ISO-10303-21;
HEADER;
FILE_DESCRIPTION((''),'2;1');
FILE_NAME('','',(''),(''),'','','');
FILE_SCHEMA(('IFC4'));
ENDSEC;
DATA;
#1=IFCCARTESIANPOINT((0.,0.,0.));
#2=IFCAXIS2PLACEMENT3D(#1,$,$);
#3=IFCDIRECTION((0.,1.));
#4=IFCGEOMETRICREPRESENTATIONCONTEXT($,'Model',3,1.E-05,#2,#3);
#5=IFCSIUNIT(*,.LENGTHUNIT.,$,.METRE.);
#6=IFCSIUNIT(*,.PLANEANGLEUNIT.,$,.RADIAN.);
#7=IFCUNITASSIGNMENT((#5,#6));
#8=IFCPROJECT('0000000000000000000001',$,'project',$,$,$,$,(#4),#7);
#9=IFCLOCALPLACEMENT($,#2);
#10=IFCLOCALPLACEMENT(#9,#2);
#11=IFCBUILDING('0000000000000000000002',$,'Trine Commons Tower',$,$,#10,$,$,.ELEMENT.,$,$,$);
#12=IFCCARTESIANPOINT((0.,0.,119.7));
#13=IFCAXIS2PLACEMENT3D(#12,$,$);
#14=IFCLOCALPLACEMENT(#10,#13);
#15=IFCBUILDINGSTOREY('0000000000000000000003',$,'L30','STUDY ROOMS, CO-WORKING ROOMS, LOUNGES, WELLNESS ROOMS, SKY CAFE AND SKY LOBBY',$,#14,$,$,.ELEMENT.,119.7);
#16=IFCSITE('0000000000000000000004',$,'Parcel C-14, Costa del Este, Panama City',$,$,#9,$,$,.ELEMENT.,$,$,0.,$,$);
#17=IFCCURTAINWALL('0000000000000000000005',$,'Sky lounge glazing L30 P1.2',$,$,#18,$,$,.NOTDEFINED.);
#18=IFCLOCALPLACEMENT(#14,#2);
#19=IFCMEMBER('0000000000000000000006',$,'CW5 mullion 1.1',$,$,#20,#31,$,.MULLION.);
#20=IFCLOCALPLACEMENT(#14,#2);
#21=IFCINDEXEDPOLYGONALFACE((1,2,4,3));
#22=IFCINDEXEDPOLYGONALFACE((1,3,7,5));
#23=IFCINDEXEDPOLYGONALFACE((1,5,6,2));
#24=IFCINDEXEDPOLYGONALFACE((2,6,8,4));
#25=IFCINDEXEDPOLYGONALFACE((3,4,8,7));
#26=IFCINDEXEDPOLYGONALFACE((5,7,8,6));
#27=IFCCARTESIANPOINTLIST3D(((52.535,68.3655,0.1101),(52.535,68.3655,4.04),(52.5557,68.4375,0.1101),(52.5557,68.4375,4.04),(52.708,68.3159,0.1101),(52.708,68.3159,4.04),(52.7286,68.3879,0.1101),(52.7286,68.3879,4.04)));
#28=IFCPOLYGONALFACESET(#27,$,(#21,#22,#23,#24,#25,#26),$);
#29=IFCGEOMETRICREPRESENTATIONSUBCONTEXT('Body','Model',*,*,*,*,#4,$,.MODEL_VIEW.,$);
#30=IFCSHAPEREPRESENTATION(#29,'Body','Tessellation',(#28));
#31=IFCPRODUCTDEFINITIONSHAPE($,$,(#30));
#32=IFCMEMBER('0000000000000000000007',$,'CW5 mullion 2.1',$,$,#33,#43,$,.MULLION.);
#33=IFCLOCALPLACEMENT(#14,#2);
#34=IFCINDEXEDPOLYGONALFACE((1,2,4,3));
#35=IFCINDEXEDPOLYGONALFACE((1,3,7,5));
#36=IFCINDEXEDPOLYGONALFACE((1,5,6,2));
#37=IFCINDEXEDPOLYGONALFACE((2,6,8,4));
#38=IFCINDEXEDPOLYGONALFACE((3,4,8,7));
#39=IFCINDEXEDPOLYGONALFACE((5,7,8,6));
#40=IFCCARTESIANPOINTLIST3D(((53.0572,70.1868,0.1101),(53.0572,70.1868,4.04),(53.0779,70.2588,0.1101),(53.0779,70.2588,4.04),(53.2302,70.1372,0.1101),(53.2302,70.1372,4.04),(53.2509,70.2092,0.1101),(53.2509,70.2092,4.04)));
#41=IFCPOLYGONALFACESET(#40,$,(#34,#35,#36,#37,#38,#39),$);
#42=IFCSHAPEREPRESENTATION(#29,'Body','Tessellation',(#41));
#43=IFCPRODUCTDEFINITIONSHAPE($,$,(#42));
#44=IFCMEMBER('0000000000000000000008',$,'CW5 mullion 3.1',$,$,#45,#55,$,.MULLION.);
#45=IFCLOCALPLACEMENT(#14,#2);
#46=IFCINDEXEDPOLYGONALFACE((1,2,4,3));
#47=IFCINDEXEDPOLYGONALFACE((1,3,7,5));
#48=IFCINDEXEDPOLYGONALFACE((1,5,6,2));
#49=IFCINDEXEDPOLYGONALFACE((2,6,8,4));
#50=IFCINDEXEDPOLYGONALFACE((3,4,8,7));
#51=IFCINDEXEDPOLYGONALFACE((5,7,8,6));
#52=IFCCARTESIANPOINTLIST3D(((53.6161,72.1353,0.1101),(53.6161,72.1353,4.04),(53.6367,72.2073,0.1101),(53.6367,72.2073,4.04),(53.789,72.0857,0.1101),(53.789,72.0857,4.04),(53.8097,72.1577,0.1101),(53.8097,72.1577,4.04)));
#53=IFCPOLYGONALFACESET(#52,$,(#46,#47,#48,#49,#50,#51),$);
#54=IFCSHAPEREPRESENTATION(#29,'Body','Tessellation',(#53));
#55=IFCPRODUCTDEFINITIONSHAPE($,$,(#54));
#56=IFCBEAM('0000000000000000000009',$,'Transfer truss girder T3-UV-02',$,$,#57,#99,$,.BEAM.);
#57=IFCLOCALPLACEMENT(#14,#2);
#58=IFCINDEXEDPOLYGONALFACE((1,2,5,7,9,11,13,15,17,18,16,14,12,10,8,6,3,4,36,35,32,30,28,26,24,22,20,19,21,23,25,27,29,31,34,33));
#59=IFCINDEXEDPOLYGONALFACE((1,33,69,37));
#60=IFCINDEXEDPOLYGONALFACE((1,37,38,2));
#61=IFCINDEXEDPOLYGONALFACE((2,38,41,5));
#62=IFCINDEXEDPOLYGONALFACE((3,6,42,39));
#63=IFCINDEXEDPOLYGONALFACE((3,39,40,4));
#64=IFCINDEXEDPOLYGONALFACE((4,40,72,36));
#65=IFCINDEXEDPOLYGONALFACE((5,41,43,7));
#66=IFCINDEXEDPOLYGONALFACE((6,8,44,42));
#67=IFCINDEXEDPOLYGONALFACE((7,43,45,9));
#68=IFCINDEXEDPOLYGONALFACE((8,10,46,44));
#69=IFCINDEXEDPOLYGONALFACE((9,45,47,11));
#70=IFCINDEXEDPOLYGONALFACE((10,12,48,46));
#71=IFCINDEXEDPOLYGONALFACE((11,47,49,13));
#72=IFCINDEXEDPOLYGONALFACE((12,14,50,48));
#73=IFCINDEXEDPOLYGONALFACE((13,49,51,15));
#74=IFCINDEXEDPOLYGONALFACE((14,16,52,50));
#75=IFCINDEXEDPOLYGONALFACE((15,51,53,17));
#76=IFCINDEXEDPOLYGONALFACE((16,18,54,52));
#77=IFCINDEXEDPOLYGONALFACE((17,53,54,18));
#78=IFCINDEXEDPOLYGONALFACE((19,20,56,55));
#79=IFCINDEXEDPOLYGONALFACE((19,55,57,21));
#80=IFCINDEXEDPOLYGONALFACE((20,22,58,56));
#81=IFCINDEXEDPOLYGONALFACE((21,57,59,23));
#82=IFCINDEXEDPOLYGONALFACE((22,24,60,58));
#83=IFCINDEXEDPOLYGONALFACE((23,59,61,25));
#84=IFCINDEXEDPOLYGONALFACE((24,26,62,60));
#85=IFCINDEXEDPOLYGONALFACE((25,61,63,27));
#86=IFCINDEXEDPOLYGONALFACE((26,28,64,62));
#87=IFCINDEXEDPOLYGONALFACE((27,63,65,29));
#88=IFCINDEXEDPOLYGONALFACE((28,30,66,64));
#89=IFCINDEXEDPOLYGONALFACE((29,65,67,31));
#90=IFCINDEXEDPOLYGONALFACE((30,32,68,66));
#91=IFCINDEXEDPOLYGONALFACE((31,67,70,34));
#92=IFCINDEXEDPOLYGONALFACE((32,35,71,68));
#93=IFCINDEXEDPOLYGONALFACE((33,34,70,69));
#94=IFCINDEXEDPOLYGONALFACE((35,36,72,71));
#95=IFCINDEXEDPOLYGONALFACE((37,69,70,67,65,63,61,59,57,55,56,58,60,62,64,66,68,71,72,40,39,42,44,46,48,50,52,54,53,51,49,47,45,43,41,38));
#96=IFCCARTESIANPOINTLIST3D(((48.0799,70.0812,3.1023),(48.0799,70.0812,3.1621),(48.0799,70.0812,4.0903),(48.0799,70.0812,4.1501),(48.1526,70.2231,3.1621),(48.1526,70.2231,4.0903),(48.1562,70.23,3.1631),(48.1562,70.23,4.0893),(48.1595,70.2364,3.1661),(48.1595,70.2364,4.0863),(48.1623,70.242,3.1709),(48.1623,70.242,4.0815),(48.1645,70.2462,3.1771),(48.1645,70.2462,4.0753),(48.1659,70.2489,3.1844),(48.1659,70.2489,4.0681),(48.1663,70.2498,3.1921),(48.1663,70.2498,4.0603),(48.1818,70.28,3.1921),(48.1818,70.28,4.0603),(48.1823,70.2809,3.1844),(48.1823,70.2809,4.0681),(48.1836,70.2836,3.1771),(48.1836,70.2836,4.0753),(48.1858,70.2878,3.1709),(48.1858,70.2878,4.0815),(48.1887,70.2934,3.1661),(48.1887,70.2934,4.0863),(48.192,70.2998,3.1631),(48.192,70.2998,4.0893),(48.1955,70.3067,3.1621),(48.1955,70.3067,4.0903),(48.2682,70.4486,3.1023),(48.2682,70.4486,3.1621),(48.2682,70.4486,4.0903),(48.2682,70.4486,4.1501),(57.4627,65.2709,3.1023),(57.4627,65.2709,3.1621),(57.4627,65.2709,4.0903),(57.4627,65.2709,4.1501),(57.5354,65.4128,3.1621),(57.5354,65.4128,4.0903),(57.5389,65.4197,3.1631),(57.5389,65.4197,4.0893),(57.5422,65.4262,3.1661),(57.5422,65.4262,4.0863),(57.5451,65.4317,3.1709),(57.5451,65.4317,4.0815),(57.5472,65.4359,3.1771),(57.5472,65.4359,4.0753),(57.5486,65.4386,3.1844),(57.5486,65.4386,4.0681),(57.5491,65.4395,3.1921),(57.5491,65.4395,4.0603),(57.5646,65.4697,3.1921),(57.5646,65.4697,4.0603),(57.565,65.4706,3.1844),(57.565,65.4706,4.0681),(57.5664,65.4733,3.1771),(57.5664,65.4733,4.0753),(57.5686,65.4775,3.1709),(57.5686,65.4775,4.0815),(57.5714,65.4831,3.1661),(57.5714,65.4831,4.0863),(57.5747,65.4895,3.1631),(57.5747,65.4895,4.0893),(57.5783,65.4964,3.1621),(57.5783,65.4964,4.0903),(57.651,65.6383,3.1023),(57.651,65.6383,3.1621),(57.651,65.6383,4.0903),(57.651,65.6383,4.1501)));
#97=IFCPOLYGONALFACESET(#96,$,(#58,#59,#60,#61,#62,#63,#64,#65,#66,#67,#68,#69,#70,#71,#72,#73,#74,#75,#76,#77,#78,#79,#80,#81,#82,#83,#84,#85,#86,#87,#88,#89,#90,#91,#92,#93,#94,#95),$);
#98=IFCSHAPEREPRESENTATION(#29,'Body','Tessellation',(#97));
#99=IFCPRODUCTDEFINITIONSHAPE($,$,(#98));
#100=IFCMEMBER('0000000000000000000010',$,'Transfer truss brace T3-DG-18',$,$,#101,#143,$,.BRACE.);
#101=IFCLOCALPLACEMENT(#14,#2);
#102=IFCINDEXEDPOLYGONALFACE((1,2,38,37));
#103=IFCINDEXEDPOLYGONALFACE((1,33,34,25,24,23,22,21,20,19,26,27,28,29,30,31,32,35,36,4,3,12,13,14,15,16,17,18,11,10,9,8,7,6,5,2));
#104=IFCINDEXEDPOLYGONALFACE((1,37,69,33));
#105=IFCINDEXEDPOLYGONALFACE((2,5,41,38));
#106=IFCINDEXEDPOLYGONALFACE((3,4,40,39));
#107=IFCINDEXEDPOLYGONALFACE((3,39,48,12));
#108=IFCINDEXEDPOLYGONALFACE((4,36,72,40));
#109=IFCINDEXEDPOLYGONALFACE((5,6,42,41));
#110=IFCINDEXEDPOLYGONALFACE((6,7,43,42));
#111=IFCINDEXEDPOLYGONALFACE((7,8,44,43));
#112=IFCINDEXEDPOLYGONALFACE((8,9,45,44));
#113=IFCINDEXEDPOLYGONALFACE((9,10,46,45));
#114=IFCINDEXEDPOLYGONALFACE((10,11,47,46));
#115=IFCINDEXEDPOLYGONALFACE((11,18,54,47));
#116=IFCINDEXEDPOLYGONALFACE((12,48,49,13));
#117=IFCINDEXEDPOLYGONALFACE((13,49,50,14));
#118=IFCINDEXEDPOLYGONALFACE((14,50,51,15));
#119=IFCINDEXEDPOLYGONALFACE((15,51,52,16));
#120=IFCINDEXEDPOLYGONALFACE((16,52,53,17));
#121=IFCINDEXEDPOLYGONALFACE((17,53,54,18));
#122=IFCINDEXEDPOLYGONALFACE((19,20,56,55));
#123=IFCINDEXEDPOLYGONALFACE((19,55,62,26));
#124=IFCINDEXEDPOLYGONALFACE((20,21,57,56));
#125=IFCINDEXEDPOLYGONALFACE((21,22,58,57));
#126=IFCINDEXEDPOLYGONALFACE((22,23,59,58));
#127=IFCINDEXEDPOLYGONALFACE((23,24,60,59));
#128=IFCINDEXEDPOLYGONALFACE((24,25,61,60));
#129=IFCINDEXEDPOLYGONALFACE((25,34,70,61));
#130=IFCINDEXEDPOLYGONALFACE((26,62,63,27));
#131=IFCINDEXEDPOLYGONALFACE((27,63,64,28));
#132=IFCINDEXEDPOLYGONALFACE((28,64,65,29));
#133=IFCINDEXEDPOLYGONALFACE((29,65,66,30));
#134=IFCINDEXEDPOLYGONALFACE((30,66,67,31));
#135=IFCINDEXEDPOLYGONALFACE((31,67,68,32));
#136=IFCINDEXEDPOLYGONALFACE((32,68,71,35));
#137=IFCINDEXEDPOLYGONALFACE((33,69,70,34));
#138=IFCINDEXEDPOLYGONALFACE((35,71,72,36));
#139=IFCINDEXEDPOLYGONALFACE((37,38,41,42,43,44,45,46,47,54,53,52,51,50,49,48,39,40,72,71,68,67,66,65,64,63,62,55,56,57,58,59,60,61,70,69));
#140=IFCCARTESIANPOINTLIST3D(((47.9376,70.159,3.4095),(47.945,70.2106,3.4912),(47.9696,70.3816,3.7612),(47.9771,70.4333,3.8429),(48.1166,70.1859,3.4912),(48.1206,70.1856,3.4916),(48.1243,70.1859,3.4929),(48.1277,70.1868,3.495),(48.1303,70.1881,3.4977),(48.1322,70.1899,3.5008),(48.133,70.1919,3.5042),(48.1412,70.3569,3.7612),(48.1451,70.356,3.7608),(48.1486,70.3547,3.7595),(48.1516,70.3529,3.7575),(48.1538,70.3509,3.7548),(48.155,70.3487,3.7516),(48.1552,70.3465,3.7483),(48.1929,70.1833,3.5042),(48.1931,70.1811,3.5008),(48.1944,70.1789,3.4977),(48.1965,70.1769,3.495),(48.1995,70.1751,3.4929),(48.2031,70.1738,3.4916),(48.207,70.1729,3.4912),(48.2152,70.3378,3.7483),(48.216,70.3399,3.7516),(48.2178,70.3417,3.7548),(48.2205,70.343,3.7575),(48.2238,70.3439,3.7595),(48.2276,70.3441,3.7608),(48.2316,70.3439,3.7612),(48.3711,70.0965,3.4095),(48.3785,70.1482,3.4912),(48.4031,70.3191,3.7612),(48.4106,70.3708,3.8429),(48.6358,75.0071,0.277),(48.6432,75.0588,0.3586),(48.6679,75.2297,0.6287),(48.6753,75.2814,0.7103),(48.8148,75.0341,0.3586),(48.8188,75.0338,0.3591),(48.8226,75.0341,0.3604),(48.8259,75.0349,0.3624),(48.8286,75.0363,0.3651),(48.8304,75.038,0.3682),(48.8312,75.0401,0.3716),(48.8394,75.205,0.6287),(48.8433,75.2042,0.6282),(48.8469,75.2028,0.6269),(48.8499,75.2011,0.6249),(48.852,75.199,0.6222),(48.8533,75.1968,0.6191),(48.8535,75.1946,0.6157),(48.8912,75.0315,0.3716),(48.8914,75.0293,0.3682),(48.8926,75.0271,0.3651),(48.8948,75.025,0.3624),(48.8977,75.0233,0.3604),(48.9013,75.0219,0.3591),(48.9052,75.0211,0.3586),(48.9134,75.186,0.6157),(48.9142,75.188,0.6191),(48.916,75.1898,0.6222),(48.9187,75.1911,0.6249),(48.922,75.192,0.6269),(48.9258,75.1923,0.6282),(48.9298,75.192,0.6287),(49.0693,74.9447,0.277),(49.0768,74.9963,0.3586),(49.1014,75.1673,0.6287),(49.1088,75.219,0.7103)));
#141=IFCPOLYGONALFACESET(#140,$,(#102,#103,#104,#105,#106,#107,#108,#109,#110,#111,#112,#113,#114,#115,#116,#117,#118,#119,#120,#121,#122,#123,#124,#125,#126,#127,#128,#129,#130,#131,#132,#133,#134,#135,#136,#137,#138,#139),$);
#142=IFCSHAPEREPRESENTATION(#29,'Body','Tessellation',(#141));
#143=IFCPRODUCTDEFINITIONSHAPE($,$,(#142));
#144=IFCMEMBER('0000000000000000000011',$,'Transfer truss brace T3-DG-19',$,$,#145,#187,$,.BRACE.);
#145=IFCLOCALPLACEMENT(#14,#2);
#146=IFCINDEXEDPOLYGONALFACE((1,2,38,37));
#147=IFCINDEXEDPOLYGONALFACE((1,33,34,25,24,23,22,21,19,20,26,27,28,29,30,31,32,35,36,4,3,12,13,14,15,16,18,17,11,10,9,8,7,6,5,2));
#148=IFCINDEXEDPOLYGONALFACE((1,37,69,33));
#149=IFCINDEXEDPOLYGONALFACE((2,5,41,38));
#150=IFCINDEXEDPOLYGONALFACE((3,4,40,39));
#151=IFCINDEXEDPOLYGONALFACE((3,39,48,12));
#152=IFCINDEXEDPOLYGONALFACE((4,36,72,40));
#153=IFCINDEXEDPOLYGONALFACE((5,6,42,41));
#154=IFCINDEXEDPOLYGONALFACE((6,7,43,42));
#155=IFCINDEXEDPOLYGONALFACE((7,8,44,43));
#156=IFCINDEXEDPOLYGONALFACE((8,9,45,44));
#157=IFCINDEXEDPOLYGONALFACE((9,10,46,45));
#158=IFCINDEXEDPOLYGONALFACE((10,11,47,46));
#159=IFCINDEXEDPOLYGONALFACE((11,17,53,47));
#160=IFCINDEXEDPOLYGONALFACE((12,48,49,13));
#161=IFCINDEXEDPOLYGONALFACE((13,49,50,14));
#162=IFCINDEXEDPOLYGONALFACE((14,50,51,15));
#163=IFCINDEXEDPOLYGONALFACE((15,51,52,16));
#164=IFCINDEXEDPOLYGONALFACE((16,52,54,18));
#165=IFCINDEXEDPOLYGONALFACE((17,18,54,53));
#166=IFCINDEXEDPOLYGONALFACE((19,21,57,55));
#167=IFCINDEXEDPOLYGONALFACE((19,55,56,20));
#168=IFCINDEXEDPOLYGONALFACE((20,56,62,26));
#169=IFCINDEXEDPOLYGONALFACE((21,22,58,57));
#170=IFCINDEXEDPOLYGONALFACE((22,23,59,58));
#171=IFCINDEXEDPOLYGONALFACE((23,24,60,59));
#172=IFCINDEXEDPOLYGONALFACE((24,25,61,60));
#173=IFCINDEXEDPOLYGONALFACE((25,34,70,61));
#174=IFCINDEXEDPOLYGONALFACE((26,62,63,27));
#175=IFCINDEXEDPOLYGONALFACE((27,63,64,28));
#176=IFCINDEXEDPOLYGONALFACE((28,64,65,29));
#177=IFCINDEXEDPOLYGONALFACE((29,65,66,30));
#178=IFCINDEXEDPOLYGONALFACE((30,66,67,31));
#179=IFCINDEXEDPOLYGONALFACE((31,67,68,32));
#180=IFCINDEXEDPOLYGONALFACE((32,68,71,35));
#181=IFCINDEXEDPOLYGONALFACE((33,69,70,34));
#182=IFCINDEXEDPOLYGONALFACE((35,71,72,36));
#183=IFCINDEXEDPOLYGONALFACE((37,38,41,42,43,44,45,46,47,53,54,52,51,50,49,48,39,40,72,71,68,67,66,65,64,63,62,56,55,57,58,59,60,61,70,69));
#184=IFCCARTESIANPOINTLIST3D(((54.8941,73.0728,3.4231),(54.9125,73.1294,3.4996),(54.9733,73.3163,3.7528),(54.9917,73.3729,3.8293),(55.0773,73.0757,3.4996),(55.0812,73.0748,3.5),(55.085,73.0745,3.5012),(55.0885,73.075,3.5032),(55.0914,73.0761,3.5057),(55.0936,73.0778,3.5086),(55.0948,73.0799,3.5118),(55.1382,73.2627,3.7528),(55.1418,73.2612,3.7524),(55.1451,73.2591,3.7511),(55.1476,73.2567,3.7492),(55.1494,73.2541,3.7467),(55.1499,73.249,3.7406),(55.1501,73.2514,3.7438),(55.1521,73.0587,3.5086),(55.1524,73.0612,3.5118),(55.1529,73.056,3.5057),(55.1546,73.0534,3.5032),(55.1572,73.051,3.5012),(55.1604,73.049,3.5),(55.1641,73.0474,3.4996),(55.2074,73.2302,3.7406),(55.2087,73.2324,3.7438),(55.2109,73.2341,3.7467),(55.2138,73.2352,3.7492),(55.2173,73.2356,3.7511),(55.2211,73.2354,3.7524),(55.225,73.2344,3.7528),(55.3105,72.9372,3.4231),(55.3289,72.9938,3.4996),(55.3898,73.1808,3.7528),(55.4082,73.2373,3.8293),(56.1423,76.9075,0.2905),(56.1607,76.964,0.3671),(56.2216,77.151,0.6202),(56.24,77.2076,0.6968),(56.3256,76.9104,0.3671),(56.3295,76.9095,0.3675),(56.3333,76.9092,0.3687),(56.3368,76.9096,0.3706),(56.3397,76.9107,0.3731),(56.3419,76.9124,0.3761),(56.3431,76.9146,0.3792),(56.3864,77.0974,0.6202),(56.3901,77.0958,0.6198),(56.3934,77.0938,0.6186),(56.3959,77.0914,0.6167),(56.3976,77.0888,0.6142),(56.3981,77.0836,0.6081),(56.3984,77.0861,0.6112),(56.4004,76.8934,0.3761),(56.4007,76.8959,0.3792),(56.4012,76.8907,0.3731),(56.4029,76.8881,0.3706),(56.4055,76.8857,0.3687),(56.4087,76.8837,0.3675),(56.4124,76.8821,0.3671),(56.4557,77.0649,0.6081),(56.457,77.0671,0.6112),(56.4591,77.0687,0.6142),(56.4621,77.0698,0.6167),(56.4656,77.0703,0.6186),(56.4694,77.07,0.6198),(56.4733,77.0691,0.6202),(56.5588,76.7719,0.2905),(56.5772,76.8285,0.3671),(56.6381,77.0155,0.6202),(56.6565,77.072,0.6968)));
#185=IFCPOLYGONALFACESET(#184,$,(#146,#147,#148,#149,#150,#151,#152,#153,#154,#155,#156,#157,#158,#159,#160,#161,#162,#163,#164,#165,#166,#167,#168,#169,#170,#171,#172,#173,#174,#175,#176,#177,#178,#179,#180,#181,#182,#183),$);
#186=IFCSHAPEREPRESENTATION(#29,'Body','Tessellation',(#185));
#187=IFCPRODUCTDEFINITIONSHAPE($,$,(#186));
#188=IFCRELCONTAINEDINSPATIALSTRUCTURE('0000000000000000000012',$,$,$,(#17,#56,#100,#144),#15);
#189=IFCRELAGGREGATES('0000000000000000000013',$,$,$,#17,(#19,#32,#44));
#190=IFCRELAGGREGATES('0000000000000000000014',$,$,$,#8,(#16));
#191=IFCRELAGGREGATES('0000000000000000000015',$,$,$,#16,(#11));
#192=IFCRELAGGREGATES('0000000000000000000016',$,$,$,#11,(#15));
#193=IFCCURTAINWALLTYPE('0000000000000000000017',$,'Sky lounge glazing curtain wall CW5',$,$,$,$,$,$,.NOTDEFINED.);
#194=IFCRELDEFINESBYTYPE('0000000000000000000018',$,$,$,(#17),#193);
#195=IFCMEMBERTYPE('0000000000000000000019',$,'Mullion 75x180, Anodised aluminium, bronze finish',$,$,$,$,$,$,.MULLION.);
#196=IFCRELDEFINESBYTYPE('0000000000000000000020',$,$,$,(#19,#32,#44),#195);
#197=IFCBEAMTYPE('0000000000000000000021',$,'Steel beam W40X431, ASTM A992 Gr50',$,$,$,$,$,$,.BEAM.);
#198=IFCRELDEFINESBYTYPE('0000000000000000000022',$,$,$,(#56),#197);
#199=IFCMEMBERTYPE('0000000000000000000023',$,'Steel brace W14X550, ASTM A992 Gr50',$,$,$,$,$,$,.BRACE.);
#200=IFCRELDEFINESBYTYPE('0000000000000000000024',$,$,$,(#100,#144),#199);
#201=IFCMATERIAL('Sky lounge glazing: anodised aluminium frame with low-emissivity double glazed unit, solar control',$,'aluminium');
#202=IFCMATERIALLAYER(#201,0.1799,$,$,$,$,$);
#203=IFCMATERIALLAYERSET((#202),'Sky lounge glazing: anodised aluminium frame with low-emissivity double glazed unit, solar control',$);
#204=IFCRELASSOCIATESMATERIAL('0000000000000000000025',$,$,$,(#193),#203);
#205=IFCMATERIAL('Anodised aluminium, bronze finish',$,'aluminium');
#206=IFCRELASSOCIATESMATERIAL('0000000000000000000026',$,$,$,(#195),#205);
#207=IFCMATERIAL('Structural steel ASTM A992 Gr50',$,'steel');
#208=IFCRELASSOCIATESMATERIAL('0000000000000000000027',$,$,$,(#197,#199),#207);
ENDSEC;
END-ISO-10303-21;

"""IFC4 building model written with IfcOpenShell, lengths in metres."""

from ifc_helpers import new_model, si_unit, direction, frame, origin, origin_2d, place, context, subcontext, project, spatial, rectangle, i_section, extrude, material, layer, layer_set, material_profile, profile_set, type_object, element, aggregate, save


model = new_model("IFC4")

# Units and contexts
model_context = context("Model", 3, precision=1e-05, world=origin(), true_north=direction((0.0, 1.0)))
body_context = subcontext(model_context, "Body", "Model", "MODEL_VIEW")
ifc_project = project(units=[si_unit("LENGTHUNIT", "METRE"), si_unit("PLANEANGLEUNIT", "RADIAN")], contexts=[model_context])

# Site, building, storey
site_placement = place(None, origin())
site = spatial("IfcSite", under=ifc_project, at=site_placement, Name="Parcel C-14, Costa del Este, Panama City", CompositionType="ELEMENT", RefElevation=0.0)
building_placement = place(site_placement, origin())
building = spatial("IfcBuilding", under=site, at=building_placement, Name="Trine Commons Tower", CompositionType="ELEMENT")
storey_placement = place(building_placement, frame((0.0, 0.0, 119.7)))
storey = spatial("IfcBuildingStorey", under=building, at=storey_placement, Name="L30", Description="STUDY ROOMS, CO-WORKING ROOMS, LOUNGES, WELLNESS ROOMS, SKY CAFE AND SKY LOBBY", CompositionType="ELEMENT", Elevation=119.7)

# Curtain wall, members
ifc_material_1 = material(Name="Sky lounge glazing: anodised aluminium frame with low-emissivity double glazed unit, solar control", Category="aluminium")
ifc_layer_1 = layer(ifc_material_1, 0.1799)
ifc_layer_set_1 = layer_set([ifc_layer_1], Name="Sky lounge glazing: anodised aluminium frame with low-emissivity double glazed unit, solar control")
curtain_wall_type = type_object("IfcCurtainWallType", Name="Sky lounge glazing curtain wall CW5", PredefinedType="NOTDEFINED", material=ifc_layer_set_1)
curtain_wall_placement = place(storey_placement, origin())
curtain_wall = element("IfcCurtainWall", 1, at=curtain_wall_placement, inside=storey, type_object=curtain_wall_type, Name="Sky lounge glazing L30 P1.2", PredefinedType="NOTDEFINED")
ifc_material_2 = material(Name="Anodised aluminium, bronze finish", Category="aluminium")
ifc_material_profile_1 = material_profile(ifc_material_2, rectangle(XDim=0.1799, YDim=0.075, at=origin_2d()), Name="Mullion 75x180")
ifc_profile_set_1 = profile_set([ifc_material_profile_1], Name="Anodised aluminium, bronze finish")
member_type_1 = type_object("IfcMemberType", Name="Mullion 75x180, Anodised aluminium, bronze finish", PredefinedType="MULLION", material=ifc_profile_set_1)
member_1_placement = place(storey_placement, frame((52.6318, 68.3767, 0.1101), z_axis=(0.0, 0.0, 1.0), x_axis=(-0.961262, 0.275637, 0.0)))
member_1 = element("IfcMember", 2, at=member_1_placement, type_object=member_type_1, Name="CW5 mullion 1.1", PredefinedType="MULLION", context=body_context, shape_type="SweptSolid", body=[
    extrude(rectangle(XDim=0.1799, YDim=0.075, at=origin_2d()), origin(), (0.0, 0.0, 1.0), 3.9299),
])
member_2_placement = place(storey_placement, frame((53.1541, 70.198, 0.1101), z_axis=(0.0, 0.0, 1.0), x_axis=(-0.961262, 0.275637, 0.0)))
member_2 = element("IfcMember", 3, at=member_2_placement, type_object=member_type_1, Name="CW5 mullion 2.1", PredefinedType="MULLION", context=body_context, shape_type="SweptSolid", body=[
    extrude(rectangle(XDim=0.1799, YDim=0.075, at=origin_2d()), origin(), (0.0, 0.0, 1.0), 3.9299),
])
member_3_placement = place(storey_placement, frame((53.7129, 72.1465, 0.1101), z_axis=(0.0, 0.0, 1.0), x_axis=(-0.961262, 0.275637, 0.0)))
member_3 = element("IfcMember", 4, at=member_3_placement, type_object=member_type_1, Name="CW5 mullion 3.1", PredefinedType="MULLION", context=body_context, shape_type="SweptSolid", body=[
    extrude(rectangle(XDim=0.1799, YDim=0.075, at=origin_2d()), origin(), (0.0, 0.0, 1.0), 3.9299),
])

# Beam
ifc_material_3 = material(Name="Structural steel ASTM A992 Gr50", Category="steel")
ifc_material_profile_2 = material_profile(ifc_material_3, i_section(OverallWidth=0.4128, OverallDepth=1.0479, WebThickness=0.0339, FlangeThickness=0.0598, FilletRadius=0.03, at=origin_2d()), Name="W40X431")
ifc_profile_set_2 = profile_set([ifc_material_profile_2], Name="Structural steel ASTM A992 Gr50")
beam_type = type_object("IfcBeamType", Name="Steel beam W40X431, ASTM A992 Gr50", PredefinedType="BEAM", material=ifc_profile_set_2)
beam_placement = place(storey_placement, frame((48.1741, 70.2649, 3.6262), z_axis=(0.889871, -0.456212, 0.0), x_axis=(0.456212, 0.889871, 0.0)))
element("IfcBeam", 5, at=beam_placement, inside=storey, type_object=beam_type, Name="Transfer truss girder T3-UV-02", PredefinedType="BEAM", context=body_context, shape_type="SweptSolid", body=[
    extrude(i_section(OverallWidth=0.4128, OverallDepth=1.0479, WebThickness=0.0339, FlangeThickness=0.0598, FilletRadius=0.03, at=origin_2d()), origin(), (0.0, 0.0, 1.0), 10.5439),
])

# Members
ifc_material_profile_3 = material_profile(ifc_material_3, i_section(OverallWidth=0.438, OverallDepth=0.5144, WebThickness=0.0605, FlangeThickness=0.0969, FilletRadius=0.0154, at=origin_2d()), Name="W14X550")
ifc_profile_set_3 = profile_set([ifc_material_profile_3], Name="Structural steel ASTM A992 Gr50")
member_type_2 = type_object("IfcMemberType", Name="Steel brace W14X550, ASTM A992 Gr50", PredefinedType="BRACE", material=ifc_profile_set_3)
member_4_placement = place(storey_placement, frame((48.8723, 75.113, 0.4937), z_axis=(-0.120092, -0.833844, 0.538778), x_axis=(0.989787, -0.142552, 0.0)))
element("IfcMember", 6, at=member_4_placement, inside=storey, type_object=member_type_2, Name="Transfer truss brace T3-DG-18", PredefinedType="BRACE", context=body_context, shape_type="SweptSolid", body=[
    extrude(i_section(OverallWidth=0.438, OverallDepth=0.5144, WebThickness=0.0605, FlangeThickness=0.0969, FilletRadius=0.0154, at=origin_2d()), origin(), (0.0, 0.0, 1.0), 5.8142),
])
member_5_placement = place(storey_placement, frame((56.3994, 76.9897, 0.4937), z_axis=(-0.244452, -0.750949, 0.613448), x_axis=(0.950888, -0.309536, 0.0)))
element("IfcMember", 7, at=member_5_placement, inside=storey, type_object=member_type_2, Name="Transfer truss brace T3-DG-19", PredefinedType="BRACE", context=body_context, shape_type="SweptSolid", body=[
    extrude(i_section(OverallWidth=0.438, OverallDepth=0.5144, WebThickness=0.0605, FlangeThickness=0.0969, FilletRadius=0.0154, at=origin_2d()), origin(), (0.0, 0.0, 1.0), 5.1064),
])

aggregate(curtain_wall, [member_1, member_2, member_3])

save(model, "model.ifc")
